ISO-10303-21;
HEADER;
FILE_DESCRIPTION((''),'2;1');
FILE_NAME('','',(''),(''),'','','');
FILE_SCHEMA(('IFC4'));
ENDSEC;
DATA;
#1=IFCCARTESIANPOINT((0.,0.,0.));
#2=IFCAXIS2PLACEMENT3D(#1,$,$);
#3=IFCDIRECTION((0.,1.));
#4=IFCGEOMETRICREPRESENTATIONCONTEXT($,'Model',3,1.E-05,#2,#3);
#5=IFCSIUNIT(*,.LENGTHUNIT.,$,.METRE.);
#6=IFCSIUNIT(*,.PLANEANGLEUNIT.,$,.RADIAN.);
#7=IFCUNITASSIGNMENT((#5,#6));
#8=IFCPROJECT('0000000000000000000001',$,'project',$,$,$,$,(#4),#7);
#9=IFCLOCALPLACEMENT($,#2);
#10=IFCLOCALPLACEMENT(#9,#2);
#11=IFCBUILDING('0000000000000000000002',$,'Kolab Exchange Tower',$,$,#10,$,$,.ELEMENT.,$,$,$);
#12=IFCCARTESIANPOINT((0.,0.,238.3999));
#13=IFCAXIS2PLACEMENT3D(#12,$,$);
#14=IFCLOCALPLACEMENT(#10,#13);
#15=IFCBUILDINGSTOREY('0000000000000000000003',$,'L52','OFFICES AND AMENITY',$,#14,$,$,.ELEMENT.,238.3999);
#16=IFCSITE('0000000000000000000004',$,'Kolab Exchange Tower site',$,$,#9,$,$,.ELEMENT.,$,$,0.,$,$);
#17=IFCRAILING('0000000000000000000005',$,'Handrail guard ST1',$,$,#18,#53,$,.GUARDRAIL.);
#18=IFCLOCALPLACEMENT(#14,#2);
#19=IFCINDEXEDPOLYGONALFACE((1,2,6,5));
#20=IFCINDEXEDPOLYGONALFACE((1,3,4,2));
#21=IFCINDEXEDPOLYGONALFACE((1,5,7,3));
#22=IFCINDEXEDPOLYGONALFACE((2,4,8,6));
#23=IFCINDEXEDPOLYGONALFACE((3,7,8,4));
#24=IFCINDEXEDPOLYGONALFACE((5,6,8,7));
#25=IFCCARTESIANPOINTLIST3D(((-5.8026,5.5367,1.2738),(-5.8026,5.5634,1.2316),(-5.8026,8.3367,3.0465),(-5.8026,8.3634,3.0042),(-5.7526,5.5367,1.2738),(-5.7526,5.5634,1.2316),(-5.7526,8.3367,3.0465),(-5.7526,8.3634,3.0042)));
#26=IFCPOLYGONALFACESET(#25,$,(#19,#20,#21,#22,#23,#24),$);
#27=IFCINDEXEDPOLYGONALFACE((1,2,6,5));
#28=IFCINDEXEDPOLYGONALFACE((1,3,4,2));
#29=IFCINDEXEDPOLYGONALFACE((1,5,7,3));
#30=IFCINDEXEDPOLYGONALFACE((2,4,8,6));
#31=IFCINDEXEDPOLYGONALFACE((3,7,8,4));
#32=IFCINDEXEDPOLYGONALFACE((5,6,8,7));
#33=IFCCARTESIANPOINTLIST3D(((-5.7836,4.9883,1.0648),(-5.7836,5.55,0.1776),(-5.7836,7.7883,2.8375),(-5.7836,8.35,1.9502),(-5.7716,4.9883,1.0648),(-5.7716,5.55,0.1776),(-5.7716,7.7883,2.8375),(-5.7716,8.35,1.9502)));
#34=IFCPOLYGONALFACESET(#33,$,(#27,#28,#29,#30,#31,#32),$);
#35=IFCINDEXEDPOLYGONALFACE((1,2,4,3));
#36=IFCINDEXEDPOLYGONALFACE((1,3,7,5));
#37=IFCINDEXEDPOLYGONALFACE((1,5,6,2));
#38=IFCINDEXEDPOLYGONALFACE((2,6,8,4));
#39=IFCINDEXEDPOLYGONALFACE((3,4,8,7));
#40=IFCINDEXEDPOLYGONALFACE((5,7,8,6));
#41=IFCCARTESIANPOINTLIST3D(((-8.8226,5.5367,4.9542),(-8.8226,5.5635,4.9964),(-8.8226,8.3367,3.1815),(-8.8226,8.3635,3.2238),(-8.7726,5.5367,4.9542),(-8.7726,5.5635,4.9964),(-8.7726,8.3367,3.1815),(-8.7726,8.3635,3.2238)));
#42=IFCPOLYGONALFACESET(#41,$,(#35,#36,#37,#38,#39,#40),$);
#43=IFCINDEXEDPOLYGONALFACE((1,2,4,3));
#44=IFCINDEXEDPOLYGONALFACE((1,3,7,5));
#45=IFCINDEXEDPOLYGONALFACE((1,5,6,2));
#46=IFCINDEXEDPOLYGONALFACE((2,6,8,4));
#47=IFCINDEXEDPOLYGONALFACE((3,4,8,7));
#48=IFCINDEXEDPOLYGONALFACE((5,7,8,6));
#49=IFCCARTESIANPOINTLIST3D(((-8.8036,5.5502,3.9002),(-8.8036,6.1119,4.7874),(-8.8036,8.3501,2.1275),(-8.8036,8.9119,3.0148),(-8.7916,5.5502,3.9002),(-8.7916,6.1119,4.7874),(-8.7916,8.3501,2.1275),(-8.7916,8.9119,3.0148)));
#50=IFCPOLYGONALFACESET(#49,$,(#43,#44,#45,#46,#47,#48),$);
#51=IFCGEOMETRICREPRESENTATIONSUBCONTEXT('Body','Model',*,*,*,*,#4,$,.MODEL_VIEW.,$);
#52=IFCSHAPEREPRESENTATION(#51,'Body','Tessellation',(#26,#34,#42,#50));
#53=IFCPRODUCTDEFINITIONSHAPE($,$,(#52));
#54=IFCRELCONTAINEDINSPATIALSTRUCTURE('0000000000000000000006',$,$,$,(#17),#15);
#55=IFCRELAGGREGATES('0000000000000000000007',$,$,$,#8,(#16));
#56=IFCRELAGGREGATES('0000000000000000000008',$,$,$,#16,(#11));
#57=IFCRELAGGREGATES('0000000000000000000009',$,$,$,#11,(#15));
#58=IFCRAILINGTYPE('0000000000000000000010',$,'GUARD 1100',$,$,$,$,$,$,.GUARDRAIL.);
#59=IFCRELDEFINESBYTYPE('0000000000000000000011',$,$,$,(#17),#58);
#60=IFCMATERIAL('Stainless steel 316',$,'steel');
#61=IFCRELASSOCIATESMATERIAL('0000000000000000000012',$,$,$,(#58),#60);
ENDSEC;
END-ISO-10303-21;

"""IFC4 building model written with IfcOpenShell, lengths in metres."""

from ifc_helpers import new_model, si_unit, direction, frame, frame_2d, origin, origin_2d, place, context, subcontext, project, spatial, rectangle, extrude, material, type_object, element, save


model = new_model("IFC4")

# Units and contexts
model_context = context("Model", 3, precision=1e-05, world=origin(), true_north=direction((0.0, 1.0)))
body_context = subcontext(model_context, "Body", "Model", "MODEL_VIEW")
ifc_project = project(units=[si_unit("LENGTHUNIT", "METRE"), si_unit("PLANEANGLEUNIT", "RADIAN")], contexts=[model_context])

# Site, building, storey
site_placement = place(None, origin())
site = spatial("IfcSite", under=ifc_project, at=site_placement, Name="Kolab Exchange Tower site", CompositionType="ELEMENT", RefElevation=0.0)
building_placement = place(site_placement, origin())
building = spatial("IfcBuilding", under=site, at=building_placement, Name="Kolab Exchange Tower", CompositionType="ELEMENT")
storey_placement = place(building_placement, frame((0.0, 0.0, 238.3999)))
storey = spatial("IfcBuildingStorey", under=building, at=storey_placement, Name="L52", Description="OFFICES AND AMENITY", CompositionType="ELEMENT", Elevation=238.3999)

# Shared definitions
ifc_material_1 = material(Name="Stainless steel 316", Category="steel")

# Railing
railing_type = type_object("IfcRailingType", Name="GUARD 1100", PredefinedType="GUARDRAIL", material=ifc_material_1)
railing_1_placement = place(storey_placement, frame((-5.7776, 5.55, 0.1775)))
element("IfcRailing", 1, at=railing_1_placement, inside=storey, type_object=railing_type, Name="Handrail guard ST1", PredefinedType="GUARDRAIL", context=body_context, shape_type="SweptSolid", body=[
    extrude(rectangle(XDim=0.05, YDim=0.05, at=origin_2d()), frame((0.0, 0.0, 1.0752), z_axis=(0.0, 0.844909, 0.53491), x_axis=(-1.0, 0.0, 0.0)), (0.0, 0.0, 1.0), 3.314),
    extrude(rectangle(XDim=0.012, YDim=1.0501, at=frame_2d((0.0, 0.5251))), frame((0.0, 0.0, 0.0), z_axis=(0.0, 0.844909, 0.53491), x_axis=(-1.0, 0.0, 0.0)), (0.0, 0.0, 1.0), 3.314),
    extrude(rectangle(XDim=0.05, YDim=0.05, at=origin_2d()), frame((-3.02, 2.8, 3.0251), z_axis=(0.0, -0.844909, 0.53491), x_axis=(1.0, 0.0, 0.0)), (0.0, 0.0, 1.0), 3.314),
    extrude(rectangle(XDim=0.012, YDim=1.0501, at=frame_2d((0.0, 0.5251))), frame((-3.02, 2.8, 1.95), z_axis=(0.0, -0.844909, 0.53491), x_axis=(1.0, 0.0, 0.0)), (0.0, 0.0, 1.0), 3.314),
])

save(model, "model.ifc")
